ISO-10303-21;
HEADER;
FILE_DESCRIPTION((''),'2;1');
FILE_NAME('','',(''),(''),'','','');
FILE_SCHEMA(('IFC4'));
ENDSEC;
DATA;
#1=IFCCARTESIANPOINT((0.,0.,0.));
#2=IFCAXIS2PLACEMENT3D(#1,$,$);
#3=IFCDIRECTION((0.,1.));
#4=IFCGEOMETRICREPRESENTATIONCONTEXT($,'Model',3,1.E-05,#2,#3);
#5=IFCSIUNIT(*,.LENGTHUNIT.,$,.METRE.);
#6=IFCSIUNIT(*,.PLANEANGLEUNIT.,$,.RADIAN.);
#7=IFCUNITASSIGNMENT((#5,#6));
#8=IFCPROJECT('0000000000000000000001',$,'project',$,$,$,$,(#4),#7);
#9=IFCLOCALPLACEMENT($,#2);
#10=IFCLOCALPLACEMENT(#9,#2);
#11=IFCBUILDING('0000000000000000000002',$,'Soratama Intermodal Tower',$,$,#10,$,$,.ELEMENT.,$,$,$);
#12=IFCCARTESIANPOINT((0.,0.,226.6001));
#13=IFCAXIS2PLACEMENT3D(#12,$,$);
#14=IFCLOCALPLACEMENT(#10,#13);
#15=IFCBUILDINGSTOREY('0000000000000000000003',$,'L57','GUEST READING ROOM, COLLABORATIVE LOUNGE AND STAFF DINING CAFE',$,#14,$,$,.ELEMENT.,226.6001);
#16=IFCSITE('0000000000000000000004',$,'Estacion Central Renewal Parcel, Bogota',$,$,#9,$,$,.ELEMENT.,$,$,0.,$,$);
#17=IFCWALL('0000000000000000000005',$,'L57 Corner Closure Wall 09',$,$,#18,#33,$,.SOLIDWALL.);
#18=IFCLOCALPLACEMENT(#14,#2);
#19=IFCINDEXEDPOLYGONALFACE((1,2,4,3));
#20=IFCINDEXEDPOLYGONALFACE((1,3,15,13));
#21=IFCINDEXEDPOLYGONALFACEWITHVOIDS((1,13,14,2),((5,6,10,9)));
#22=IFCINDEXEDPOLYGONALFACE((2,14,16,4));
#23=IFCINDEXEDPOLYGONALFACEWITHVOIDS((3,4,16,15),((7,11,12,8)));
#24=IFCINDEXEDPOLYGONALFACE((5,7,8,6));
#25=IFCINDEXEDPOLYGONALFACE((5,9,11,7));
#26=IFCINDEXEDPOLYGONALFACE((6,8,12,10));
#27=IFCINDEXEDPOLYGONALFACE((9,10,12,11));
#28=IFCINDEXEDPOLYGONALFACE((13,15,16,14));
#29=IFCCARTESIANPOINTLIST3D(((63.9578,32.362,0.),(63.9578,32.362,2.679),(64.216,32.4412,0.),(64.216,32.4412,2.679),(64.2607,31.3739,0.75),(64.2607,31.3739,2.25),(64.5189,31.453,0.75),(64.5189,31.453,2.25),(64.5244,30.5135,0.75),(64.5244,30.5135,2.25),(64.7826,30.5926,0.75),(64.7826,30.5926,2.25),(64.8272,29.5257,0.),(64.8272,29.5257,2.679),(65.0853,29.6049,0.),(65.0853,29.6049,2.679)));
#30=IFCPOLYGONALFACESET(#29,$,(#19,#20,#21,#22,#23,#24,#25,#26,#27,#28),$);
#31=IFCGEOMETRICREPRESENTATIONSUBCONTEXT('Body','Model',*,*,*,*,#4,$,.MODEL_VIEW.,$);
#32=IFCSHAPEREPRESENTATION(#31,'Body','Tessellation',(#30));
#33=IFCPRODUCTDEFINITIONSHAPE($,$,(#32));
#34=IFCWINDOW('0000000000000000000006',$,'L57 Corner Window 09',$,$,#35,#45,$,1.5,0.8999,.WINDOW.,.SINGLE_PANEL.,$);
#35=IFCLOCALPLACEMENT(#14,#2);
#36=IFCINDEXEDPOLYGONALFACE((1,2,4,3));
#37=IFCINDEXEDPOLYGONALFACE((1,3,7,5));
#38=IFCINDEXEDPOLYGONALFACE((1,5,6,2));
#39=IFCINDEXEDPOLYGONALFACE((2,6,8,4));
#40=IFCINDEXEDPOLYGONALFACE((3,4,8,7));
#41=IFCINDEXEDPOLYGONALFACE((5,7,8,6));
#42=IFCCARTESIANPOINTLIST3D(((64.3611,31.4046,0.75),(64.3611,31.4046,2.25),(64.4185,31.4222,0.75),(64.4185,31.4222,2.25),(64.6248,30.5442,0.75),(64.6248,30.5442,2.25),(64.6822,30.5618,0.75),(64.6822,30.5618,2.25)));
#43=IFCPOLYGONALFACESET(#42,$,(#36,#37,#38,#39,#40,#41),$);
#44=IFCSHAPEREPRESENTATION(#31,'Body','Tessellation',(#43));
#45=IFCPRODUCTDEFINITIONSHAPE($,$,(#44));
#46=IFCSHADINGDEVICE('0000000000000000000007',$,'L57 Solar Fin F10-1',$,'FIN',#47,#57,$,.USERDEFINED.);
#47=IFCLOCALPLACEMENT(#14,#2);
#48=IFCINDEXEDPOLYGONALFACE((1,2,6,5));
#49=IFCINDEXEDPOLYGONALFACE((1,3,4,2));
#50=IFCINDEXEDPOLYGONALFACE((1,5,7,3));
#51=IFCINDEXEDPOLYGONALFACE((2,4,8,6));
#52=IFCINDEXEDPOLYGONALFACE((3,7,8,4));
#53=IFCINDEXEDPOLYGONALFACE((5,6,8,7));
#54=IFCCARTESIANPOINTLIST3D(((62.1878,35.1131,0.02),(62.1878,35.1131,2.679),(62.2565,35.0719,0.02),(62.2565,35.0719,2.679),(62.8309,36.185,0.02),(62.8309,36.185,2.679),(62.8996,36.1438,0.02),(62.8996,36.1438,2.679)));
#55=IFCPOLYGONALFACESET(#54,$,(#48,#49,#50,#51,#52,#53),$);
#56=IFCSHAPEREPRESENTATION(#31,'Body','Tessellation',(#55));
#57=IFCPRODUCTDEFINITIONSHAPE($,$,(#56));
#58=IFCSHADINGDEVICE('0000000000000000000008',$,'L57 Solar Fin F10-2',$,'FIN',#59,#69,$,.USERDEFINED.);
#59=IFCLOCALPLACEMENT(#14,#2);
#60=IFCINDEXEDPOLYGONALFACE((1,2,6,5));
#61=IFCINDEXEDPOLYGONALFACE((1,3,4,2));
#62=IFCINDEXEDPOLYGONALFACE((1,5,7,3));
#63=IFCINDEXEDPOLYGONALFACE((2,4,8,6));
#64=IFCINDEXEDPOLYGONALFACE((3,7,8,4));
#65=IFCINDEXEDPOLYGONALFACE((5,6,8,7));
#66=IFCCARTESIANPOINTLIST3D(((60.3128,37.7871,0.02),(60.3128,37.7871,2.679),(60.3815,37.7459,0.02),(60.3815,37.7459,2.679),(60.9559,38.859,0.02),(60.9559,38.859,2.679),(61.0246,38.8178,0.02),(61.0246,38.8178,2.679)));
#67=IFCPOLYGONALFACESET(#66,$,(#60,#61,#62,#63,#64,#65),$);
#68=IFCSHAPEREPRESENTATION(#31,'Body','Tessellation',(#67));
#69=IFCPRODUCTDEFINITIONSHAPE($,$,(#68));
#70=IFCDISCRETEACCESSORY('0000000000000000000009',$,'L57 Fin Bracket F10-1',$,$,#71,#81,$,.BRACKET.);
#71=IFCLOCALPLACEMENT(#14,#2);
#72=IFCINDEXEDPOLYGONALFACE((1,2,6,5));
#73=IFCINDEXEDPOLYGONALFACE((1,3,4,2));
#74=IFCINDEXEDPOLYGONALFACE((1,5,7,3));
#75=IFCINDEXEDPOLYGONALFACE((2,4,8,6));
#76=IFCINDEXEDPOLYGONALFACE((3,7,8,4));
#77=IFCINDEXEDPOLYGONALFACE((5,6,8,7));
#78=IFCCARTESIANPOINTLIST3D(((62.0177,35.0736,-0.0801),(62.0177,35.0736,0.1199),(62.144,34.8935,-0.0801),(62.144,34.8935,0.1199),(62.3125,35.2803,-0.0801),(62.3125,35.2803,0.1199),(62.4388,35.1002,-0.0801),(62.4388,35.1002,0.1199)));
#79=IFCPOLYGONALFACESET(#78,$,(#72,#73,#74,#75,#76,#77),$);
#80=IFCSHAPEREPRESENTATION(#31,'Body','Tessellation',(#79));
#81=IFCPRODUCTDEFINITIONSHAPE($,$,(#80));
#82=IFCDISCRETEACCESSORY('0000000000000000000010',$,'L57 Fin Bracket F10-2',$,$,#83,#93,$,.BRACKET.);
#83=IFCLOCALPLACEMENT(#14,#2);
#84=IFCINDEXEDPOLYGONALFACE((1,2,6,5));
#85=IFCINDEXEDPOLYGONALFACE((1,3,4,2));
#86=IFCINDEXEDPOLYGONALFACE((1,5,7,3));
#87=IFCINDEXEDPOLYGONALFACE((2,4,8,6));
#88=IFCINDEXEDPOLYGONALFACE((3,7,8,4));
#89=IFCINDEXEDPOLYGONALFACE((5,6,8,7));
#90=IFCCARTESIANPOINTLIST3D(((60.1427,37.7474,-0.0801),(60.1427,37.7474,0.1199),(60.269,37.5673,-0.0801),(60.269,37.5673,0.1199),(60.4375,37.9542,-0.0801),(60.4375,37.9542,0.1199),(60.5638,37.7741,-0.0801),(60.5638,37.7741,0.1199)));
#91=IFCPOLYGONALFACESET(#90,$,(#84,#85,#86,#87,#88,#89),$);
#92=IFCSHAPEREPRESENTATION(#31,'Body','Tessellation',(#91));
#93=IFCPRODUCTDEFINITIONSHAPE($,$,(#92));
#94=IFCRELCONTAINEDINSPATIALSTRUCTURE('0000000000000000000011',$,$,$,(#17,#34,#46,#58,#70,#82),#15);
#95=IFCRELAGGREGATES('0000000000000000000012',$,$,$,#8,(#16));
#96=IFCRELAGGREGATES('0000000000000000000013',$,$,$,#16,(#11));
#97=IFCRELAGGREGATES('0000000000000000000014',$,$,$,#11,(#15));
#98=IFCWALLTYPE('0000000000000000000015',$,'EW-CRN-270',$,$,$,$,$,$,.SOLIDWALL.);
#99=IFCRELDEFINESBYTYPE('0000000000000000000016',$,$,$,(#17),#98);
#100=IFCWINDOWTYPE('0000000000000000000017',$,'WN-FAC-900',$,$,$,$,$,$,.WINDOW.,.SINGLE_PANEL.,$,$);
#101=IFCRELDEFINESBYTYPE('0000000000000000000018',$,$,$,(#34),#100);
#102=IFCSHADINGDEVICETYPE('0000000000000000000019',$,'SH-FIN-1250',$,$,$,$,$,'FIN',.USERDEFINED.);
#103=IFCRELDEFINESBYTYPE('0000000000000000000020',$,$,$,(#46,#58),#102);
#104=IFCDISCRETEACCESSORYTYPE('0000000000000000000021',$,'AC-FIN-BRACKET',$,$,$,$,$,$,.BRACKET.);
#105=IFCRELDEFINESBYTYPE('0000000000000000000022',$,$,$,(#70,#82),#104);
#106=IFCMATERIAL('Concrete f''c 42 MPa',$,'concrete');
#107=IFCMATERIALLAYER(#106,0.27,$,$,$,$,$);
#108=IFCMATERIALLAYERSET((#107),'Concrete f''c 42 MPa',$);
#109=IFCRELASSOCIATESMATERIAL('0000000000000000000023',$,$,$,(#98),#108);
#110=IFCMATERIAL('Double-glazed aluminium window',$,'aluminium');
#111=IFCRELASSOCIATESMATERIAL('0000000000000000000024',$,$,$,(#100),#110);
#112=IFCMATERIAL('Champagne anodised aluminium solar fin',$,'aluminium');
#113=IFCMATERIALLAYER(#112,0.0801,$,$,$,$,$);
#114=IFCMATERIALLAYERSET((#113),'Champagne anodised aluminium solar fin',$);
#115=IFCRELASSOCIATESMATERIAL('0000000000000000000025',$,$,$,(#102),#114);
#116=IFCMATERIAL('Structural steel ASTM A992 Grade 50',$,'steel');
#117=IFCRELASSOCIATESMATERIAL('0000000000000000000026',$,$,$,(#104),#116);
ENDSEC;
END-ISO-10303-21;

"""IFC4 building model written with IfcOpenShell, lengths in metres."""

from ifc_helpers import new_model, si_unit, direction, frame, frame_2d, origin, origin_2d, place, context, subcontext, project, spatial, rectangle, extrude, material, layer, layer_set, type_object, element, fill, save


model = new_model("IFC4")

# Units and contexts
model_context = context("Model", 3, precision=1e-05, world=origin(), true_north=direction((0.0, 1.0)))
body_context = subcontext(model_context, "Body", "Model", "MODEL_VIEW")
ifc_project = project(units=[si_unit("LENGTHUNIT", "METRE"), si_unit("PLANEANGLEUNIT", "RADIAN")], contexts=[model_context])

# Site, building, storey
site_placement = place(None, origin())
site = spatial("IfcSite", under=ifc_project, at=site_placement, Name="Estacion Central Renewal Parcel, Bogota", CompositionType="ELEMENT", RefElevation=0.0)
building_placement = place(site_placement, origin())
building = spatial("IfcBuilding", under=site, at=building_placement, Name="Soratama Intermodal Tower", CompositionType="ELEMENT")
storey_placement = place(building_placement, frame((0.0, 0.0, 226.6001)))
storey = spatial("IfcBuildingStorey", under=building, at=storey_placement, Name="L57", Description="GUEST READING ROOM, COLLABORATIVE LOUNGE AND STAFF DINING CAFE", CompositionType="ELEMENT", Elevation=226.6001)

# Wall, opening, window
ifc_material_1 = material(Name="Concrete f'c 42 MPa", Category="concrete")
ifc_layer_1 = layer(ifc_material_1, 0.27)
ifc_layer_set_1 = layer_set([ifc_layer_1], Name="Concrete f'c 42 MPa")
wall_type = type_object("IfcWallType", Name="EW-CRN-270", PredefinedType="SOLIDWALL", material=ifc_layer_set_1)
wall_placement = place(storey_placement, frame((64.9563, 29.5652, 0.0), z_axis=(0.0, 0.0, 1.0), x_axis=(-0.293051, 0.956097, 0.0)))
wall = element("IfcWall", 1, at=wall_placement, inside=storey, type_object=wall_type, Name="L57 Corner Closure Wall 09", PredefinedType="SOLIDWALL", context=body_context, shape_type="SweptSolid", body=[
    extrude(rectangle(XDim=2.9666, YDim=0.27, at=frame_2d((1.4834, 0.0))), origin(), (0.0, 0.0, 1.0), 2.679),
])
opening_placement = place(wall_placement, frame((1.0332, 0.0, 0.75)))
opening = element("IfcOpeningElement", 2, at=opening_placement, cuts=wall, PredefinedType="OPENING", context=body_context, shape_type="SweptSolid", body=[
    extrude(rectangle(XDim=0.8999, YDim=1.5, at=frame_2d((0.45, 0.75))), frame((0.0, 0.145, 0.0), z_axis=(0.0, -1.0, 0.0), x_axis=(1.0, 0.0, 0.0)), (0.0, 0.0, 1.0), 0.29),
])
ifc_material_2 = material(Name="Double-glazed aluminium window", Category="aluminium")
window_type = type_object("IfcWindowType", Name="WN-FAC-900", PartitioningType="SINGLE_PANEL", PredefinedType="WINDOW", material=ifc_material_2)
window_placement = place(opening_placement, origin())
window = element("IfcWindow", 3, at=window_placement, inside=storey, type_object=window_type, Name="L57 Corner Window 09", OverallHeight=1.5, OverallWidth=0.8999, PartitioningType="SINGLE_PANEL", PredefinedType="WINDOW", context=body_context, shape_type="SweptSolid", body=[
    extrude(rectangle(XDim=0.8999, YDim=1.5, at=frame_2d((0.45, 0.75))), frame((0.0, 0.03, 0.0), z_axis=(0.0, -1.0, 0.0), x_axis=(1.0, 0.0, 0.0)), (0.0, 0.0, 1.0), 0.0601),
])
fill(opening, window)

# Shading devices
ifc_material_3 = material(Name="Champagne anodised aluminium solar fin", Category="aluminium")
ifc_layer_2 = layer(ifc_material_3, 0.0801)
ifc_layer_set_2 = layer_set([ifc_layer_2], Name="Champagne anodised aluminium solar fin")
shading_device_type = type_object("IfcShadingDeviceType", Name="SH-FIN-1250", ElementType="FIN", PredefinedType="USERDEFINED", material=ifc_layer_set_2)
for number, where, z_axis, x_axis, name in (
    (4, (62.5437, 35.6284, 0.02), (0.0, 0.0, 1.0), (0.51444, 0.857527, 0.0), "L57 Solar Fin F10-1"),
    (5, (60.6687, 38.3025, 0.02), (0.0, 0.0, 1.0), (0.51444, 0.857527, 0.0), "L57 Solar Fin F10-2"),
):
    element("IfcShadingDevice", number, at=place(storey_placement, frame(where, z_axis=z_axis, x_axis=x_axis)), inside=storey, type_object=shading_device_type, Name=name, ObjectType="FIN", PredefinedType="USERDEFINED", context=body_context, shape_type="SweptSolid", body=[
        extrude(rectangle(XDim=1.25, YDim=0.0801, at=origin_2d()), origin(), (0.0, 0.0, 1.0), 2.6589),
    ])

# Discrete accessories
ifc_material_4 = material(Name="Structural steel ASTM A992 Grade 50", Category="steel")
discrete_accessory_type = type_object("IfcDiscreteAccessoryType", Name="AC-FIN-BRACKET", PredefinedType="BRACKET", material=ifc_material_4)
for number, where, z_axis, x_axis, name in (
    (6, (62.2283, 35.0869, -0.0801), (0.0, 0.0, 1.0), (0.818751, 0.574148, 0.0), "L57 Fin Bracket F10-1"),
    (7, (60.3533, 37.7607, -0.0801), (0.0, 0.0, 1.0), (0.818751, 0.574148, 0.0), "L57 Fin Bracket F10-2"),
):
    element("IfcDiscreteAccessory", number, at=place(storey_placement, frame(where, z_axis=z_axis, x_axis=x_axis)), inside=storey, type_object=discrete_accessory_type, Name=name, PredefinedType="BRACKET", context=body_context, shape_type="SweptSolid", body=[
        extrude(rectangle(XDim=0.3601, YDim=0.22, at=origin_2d()), origin(), (0.0, 0.0, 1.0), 0.2),
    ])

save(model, "model.ifc")
